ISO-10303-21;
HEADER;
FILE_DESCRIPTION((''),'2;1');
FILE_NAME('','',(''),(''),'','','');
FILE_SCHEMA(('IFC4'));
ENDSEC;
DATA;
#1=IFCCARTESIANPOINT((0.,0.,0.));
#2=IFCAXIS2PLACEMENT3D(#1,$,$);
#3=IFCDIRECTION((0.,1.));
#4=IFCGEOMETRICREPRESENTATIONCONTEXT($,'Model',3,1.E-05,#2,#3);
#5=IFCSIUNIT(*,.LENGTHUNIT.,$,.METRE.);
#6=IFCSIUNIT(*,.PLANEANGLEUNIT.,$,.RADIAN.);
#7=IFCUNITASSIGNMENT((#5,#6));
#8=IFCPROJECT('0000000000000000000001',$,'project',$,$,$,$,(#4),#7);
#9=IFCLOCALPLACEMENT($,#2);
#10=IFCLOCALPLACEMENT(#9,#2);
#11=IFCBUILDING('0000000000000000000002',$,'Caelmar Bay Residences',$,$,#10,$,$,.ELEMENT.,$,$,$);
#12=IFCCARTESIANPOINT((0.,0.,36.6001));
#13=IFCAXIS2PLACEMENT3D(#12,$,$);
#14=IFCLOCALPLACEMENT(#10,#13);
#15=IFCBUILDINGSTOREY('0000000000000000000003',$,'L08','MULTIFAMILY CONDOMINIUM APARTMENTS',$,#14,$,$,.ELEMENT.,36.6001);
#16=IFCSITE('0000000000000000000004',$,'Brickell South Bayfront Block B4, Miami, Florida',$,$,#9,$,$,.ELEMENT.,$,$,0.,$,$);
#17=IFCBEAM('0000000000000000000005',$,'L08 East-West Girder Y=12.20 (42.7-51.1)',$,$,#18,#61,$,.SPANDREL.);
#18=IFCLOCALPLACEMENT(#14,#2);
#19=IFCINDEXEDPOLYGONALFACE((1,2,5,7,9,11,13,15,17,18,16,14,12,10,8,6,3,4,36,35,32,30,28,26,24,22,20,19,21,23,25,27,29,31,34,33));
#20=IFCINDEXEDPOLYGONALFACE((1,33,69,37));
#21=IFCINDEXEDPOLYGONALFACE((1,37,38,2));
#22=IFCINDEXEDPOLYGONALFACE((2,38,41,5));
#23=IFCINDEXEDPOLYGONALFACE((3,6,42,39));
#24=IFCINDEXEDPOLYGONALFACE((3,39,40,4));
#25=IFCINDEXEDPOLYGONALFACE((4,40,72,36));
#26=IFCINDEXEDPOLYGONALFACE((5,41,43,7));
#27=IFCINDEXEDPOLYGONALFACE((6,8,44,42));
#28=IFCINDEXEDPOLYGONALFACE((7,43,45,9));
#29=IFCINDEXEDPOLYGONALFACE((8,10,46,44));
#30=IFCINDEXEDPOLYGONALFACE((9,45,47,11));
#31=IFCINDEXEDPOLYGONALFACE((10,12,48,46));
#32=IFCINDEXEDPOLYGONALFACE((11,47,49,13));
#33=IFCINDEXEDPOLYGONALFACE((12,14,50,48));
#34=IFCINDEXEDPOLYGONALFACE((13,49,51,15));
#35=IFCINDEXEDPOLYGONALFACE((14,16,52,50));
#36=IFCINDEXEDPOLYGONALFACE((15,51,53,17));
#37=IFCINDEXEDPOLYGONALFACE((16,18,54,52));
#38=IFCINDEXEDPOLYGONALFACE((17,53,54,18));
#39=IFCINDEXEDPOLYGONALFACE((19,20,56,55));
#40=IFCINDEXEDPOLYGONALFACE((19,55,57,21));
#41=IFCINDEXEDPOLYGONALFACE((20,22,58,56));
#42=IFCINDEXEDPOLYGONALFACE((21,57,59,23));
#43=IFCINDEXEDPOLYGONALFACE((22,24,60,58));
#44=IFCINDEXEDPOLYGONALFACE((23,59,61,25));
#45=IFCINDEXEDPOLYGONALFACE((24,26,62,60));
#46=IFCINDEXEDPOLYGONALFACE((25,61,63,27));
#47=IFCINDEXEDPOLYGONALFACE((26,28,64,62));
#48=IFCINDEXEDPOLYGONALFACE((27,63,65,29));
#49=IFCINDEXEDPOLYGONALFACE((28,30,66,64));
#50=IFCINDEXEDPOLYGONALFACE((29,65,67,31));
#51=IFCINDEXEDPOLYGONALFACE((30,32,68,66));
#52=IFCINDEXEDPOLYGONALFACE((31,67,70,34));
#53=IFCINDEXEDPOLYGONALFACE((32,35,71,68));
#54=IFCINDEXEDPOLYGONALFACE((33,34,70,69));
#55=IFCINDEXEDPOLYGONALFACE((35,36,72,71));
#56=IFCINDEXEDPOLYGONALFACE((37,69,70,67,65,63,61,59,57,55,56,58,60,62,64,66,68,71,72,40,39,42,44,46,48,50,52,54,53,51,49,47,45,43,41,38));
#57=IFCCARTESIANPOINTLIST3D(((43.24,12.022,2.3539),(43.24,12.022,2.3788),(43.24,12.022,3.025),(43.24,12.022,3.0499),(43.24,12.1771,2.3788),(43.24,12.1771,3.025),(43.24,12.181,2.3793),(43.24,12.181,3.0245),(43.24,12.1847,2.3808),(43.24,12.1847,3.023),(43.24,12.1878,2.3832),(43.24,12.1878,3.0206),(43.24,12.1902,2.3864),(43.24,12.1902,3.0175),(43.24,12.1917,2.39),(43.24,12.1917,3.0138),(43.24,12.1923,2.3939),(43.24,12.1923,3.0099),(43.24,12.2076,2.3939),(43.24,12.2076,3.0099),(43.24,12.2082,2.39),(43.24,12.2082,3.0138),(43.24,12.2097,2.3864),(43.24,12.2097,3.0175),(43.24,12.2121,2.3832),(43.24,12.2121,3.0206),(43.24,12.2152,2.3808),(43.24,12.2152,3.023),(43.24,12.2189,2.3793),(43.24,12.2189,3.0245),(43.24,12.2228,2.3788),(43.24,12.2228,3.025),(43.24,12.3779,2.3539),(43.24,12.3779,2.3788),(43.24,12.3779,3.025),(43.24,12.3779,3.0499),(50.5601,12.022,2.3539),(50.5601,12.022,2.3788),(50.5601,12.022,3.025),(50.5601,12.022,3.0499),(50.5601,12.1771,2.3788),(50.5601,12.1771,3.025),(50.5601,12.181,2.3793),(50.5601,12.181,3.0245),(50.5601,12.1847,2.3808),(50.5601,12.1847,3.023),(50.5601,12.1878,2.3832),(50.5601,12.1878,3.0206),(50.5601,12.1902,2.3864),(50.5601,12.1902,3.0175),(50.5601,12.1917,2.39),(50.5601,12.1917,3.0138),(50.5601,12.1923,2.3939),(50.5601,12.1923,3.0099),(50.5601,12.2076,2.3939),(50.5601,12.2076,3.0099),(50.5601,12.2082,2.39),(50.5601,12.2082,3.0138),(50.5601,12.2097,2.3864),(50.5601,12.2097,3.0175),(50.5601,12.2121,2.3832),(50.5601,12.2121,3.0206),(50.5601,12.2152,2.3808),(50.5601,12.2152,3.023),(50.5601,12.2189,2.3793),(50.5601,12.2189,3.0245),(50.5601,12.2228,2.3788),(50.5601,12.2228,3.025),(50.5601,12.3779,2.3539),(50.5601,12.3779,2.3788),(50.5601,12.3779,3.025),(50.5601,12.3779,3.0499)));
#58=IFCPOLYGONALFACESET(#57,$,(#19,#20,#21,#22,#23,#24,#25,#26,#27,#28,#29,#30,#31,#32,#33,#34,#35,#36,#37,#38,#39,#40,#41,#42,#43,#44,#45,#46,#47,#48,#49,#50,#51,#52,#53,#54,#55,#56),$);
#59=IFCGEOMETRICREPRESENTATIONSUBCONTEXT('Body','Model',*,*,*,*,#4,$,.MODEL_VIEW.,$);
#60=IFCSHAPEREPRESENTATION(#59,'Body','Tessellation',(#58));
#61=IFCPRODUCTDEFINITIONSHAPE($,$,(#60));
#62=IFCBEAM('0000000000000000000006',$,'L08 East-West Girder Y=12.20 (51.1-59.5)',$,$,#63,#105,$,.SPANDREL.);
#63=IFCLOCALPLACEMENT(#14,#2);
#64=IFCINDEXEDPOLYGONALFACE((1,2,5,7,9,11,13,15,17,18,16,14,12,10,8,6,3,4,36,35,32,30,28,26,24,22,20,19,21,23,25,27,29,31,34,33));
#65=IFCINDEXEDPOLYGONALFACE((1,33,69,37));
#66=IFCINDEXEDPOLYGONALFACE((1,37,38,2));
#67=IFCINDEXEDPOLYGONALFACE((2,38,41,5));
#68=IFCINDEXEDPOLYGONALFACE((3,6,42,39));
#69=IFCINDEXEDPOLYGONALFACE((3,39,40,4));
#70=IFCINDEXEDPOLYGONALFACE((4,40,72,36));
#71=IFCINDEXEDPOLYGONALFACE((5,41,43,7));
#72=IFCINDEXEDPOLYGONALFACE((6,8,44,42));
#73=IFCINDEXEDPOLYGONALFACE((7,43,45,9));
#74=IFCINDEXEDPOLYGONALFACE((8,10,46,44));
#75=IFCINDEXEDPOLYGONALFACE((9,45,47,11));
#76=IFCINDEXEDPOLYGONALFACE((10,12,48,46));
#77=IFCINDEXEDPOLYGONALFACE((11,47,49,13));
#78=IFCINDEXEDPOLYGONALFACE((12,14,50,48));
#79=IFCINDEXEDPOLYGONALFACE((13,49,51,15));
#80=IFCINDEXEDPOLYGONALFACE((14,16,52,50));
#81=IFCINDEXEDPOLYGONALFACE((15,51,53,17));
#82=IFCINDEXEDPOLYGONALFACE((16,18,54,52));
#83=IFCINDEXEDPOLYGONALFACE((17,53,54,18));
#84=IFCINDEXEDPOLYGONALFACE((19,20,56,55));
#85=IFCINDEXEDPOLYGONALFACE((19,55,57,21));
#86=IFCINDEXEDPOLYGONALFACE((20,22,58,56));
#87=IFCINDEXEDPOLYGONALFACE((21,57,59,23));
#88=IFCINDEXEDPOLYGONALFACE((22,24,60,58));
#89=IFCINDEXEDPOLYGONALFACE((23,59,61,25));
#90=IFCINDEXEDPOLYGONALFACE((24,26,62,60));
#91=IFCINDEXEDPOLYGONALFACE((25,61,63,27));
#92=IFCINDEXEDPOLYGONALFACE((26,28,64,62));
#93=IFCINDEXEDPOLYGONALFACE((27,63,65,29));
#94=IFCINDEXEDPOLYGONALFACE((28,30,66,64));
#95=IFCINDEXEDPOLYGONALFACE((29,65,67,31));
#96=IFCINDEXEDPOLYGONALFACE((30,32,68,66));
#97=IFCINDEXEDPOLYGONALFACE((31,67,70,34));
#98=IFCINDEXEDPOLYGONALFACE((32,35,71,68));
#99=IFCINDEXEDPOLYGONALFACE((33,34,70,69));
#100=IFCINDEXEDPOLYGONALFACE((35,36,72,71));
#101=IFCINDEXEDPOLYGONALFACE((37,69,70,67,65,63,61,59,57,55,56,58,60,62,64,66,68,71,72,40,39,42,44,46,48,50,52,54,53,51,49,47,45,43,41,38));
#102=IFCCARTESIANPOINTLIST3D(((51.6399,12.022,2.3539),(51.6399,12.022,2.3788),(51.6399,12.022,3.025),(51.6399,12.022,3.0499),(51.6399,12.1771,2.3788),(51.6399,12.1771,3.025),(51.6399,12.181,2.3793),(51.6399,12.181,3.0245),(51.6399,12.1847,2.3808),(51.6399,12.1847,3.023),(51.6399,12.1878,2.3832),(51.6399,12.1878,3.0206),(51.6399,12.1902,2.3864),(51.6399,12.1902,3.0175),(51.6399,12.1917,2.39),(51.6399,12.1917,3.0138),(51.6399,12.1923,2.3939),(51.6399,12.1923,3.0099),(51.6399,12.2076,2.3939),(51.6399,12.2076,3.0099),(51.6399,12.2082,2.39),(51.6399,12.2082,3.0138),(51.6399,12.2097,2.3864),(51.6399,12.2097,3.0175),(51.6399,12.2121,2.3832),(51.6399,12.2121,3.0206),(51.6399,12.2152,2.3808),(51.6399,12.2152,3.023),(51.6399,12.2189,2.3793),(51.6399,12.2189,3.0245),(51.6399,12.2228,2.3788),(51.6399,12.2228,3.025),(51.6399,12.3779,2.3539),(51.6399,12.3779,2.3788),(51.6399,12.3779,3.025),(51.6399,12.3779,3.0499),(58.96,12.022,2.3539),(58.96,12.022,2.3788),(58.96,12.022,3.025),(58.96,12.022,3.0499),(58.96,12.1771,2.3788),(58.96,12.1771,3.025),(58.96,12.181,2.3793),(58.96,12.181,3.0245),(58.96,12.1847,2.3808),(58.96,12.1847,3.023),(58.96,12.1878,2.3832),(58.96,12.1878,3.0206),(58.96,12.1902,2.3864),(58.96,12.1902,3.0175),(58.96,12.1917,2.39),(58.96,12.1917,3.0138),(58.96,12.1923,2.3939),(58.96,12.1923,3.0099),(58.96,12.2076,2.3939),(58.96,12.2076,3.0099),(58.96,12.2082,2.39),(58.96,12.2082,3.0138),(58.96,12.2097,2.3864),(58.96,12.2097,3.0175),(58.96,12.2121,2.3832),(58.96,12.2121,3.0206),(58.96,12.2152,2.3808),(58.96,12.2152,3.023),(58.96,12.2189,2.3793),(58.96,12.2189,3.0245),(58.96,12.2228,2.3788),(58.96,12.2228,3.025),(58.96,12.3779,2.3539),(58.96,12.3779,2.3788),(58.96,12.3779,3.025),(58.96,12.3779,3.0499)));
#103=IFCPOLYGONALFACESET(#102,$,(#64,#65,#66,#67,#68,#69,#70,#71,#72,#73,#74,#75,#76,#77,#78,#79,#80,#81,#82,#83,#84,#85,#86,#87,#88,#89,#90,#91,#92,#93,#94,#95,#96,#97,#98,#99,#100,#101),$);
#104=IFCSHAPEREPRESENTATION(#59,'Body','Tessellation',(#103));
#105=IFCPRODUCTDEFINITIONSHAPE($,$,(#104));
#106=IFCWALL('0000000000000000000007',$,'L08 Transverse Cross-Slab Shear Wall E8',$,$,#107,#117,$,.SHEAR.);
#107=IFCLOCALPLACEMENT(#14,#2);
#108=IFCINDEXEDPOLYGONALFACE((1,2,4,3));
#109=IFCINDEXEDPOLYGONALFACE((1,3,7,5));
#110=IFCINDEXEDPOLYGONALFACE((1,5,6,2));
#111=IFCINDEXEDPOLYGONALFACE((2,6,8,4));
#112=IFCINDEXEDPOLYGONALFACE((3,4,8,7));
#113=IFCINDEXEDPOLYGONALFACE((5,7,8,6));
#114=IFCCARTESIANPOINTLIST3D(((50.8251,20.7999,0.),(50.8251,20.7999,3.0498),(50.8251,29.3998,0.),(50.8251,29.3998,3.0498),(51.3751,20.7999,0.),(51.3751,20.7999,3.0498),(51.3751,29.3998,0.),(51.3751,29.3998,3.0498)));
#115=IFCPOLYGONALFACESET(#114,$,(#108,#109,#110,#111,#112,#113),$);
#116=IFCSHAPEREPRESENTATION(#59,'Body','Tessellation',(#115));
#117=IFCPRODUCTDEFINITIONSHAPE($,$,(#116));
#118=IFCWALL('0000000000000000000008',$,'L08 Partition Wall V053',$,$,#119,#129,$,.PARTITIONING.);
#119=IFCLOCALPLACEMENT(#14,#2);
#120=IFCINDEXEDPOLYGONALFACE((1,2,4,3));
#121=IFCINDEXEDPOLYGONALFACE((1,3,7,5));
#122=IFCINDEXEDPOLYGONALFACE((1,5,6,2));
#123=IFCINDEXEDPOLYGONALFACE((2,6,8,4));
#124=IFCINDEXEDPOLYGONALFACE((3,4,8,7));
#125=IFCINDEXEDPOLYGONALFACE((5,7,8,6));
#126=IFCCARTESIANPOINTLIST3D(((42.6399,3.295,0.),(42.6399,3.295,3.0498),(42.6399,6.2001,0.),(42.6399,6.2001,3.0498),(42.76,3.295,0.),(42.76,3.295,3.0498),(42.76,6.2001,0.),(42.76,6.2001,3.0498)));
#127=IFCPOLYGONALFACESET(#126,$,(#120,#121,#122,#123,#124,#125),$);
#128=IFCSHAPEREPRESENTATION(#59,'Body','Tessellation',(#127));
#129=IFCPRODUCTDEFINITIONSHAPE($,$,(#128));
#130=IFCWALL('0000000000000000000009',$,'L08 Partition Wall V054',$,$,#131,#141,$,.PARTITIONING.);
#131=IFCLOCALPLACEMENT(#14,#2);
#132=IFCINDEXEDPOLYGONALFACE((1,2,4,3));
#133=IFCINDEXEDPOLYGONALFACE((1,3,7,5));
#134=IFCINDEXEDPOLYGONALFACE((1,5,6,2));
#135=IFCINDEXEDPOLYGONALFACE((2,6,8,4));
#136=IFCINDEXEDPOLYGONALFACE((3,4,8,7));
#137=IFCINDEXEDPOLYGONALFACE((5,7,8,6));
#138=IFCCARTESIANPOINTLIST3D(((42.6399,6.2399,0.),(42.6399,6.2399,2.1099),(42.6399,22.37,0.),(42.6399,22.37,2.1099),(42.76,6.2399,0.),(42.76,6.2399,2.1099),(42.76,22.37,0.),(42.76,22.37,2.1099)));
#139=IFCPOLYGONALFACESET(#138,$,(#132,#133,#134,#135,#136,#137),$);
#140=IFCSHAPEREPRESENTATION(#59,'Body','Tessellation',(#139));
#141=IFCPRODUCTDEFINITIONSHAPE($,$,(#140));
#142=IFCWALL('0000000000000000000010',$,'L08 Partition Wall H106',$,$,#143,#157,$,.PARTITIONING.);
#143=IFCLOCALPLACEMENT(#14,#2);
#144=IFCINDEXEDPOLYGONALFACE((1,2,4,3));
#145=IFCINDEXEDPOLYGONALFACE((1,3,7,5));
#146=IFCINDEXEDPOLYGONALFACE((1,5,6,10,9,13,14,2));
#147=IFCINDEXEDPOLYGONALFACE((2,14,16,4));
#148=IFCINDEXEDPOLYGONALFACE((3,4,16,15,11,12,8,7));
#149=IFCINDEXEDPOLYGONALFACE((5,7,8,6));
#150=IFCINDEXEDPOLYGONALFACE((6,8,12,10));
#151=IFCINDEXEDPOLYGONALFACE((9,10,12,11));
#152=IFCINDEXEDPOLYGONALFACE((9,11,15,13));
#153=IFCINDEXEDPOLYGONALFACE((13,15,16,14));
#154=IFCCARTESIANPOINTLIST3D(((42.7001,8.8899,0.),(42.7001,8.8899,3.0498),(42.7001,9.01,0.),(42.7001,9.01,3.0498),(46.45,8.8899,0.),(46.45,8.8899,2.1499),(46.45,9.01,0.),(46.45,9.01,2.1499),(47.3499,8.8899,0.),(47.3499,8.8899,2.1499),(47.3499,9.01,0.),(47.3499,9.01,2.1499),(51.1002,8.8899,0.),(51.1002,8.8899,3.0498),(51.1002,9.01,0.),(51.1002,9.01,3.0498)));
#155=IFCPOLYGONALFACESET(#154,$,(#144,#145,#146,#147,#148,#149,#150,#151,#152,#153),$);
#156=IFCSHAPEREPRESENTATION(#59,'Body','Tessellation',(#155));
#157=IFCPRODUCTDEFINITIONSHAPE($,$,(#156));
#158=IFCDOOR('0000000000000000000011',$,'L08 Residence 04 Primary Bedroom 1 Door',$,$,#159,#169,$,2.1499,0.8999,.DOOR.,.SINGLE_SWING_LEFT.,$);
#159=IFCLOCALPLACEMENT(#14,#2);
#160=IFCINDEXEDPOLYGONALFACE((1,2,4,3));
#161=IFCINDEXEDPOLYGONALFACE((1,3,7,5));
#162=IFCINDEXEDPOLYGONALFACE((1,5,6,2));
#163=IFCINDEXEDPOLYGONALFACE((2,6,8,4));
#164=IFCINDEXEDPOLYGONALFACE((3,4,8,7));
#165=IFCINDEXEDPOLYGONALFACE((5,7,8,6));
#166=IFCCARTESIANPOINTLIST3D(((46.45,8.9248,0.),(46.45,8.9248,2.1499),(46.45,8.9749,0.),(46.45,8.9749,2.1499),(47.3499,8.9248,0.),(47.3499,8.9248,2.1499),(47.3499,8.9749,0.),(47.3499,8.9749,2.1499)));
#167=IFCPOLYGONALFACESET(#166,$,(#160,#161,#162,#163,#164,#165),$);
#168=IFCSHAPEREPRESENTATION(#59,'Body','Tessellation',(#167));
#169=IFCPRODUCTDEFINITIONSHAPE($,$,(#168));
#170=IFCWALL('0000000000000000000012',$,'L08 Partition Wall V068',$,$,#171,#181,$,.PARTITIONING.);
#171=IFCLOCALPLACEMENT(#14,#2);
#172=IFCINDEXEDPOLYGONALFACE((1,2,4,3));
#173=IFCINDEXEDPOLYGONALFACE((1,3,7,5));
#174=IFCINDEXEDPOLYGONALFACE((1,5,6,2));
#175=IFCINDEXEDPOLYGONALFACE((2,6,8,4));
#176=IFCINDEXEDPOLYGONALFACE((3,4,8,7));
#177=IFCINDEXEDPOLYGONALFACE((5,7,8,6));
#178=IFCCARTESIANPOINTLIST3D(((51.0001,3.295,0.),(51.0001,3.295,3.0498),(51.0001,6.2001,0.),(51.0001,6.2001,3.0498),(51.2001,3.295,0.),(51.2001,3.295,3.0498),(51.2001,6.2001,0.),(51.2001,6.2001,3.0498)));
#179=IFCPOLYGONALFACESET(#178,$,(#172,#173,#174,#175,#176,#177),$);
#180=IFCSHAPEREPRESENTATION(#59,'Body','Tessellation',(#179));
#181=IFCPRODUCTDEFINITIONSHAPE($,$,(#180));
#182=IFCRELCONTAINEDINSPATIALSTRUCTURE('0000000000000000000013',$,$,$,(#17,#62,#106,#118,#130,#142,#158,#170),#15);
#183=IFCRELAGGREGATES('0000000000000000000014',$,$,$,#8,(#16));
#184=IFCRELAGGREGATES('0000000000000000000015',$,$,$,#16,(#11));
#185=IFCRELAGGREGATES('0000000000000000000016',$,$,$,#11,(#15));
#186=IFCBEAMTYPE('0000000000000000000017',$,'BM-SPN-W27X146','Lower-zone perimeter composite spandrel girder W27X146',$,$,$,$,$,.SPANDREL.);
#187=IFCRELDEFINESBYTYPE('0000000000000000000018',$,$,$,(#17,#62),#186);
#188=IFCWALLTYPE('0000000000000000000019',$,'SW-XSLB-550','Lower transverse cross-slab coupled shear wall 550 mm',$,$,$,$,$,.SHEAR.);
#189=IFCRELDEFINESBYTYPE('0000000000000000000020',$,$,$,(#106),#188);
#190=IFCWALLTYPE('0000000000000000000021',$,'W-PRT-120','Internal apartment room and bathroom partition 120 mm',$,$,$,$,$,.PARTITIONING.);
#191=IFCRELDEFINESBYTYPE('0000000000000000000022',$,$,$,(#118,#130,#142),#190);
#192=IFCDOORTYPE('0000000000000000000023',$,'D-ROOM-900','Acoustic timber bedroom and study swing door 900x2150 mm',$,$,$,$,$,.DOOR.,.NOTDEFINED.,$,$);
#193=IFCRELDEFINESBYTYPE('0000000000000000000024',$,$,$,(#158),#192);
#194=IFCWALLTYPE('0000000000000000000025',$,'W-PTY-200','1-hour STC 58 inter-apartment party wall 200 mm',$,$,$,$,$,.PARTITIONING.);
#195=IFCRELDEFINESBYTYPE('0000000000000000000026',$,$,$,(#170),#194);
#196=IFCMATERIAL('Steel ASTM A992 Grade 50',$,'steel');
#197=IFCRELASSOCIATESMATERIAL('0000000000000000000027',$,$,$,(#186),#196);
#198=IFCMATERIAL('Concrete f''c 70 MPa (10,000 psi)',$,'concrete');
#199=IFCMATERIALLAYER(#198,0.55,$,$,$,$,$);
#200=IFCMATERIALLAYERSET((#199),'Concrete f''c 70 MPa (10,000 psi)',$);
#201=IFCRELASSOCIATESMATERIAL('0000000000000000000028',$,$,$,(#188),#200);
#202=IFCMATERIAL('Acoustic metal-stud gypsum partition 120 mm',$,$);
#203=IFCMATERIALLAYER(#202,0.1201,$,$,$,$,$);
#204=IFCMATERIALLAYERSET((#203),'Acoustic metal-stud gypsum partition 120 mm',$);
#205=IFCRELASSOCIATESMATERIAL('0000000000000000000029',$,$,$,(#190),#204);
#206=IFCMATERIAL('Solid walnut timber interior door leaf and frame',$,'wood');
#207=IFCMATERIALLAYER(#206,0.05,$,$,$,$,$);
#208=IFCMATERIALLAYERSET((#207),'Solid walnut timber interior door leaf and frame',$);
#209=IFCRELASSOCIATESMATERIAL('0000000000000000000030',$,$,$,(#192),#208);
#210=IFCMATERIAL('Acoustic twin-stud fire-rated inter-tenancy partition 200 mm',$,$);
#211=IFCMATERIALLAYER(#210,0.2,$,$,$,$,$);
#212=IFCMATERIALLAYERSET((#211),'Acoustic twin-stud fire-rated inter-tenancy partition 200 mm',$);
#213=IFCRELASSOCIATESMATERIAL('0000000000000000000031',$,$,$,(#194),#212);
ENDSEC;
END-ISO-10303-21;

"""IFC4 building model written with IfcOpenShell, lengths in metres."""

from ifc_helpers import new_model, si_unit, direction, frame, frame_2d, origin, origin_2d, place, context, subcontext, project, spatial, rectangle, i_section, extrude, material, layer, layer_set, material_profile, profile_set, type_object, element, fill, save


model = new_model("IFC4")

# Units and contexts
model_context = context("Model", 3, precision=1e-05, world=origin(), true_north=direction((0.0, 1.0)))
body_context = subcontext(model_context, "Body", "Model", "MODEL_VIEW")
ifc_project = project(units=[si_unit("LENGTHUNIT", "METRE"), si_unit("PLANEANGLEUNIT", "RADIAN")], contexts=[model_context])

# Site, building, storey
site_placement = place(None, origin())
site = spatial("IfcSite", under=ifc_project, at=site_placement, Name="Brickell South Bayfront Block B4, Miami, Florida", CompositionType="ELEMENT", RefElevation=0.0)
building_placement = place(site_placement, origin())
building = spatial("IfcBuilding", under=site, at=building_placement, Name="Caelmar Bay Residences", CompositionType="ELEMENT")
storey_placement = place(building_placement, frame((0.0, 0.0, 36.6001)))
storey = spatial("IfcBuildingStorey", under=building, at=storey_placement, Name="L08", Description="MULTIFAMILY CONDOMINIUM APARTMENTS", CompositionType="ELEMENT", Elevation=36.6001)

# Shared definitions
ifc_material_1 = material(Name="Concrete f'c 70 MPa (10,000 psi)", Category="concrete")

# Beams
ifc_material_2 = material(Name="Steel ASTM A992 Grade 50", Category="steel")
ifc_material_profile_1 = material_profile(ifc_material_2, i_section(OverallWidth=0.356, OverallDepth=0.696, WebThickness=0.0154, FlangeThickness=0.0249, FilletRadius=0.0151, at=origin_2d()), Name="W27X146")
ifc_profile_set_1 = profile_set([ifc_material_profile_1], Name="Steel ASTM A992 Grade 50")
beam_type_1 = type_object("IfcBeamType", Name="BM-SPN-W27X146", Description="Lower-zone perimeter composite spandrel girder W27X146", PredefinedType="SPANDREL", material=ifc_profile_set_1)
for number, where, z_axis, x_axis, name in (
    (1, (43.24, 12.2, 2.7019), (1.0, 0.0, 0.0), (0.0, 1.0, 0.0), "L08 East-West Girder Y=12.20 (42.7-51.1)"),
    (2, (51.6399, 12.2, 2.7019), (1.0, 0.0, 0.0), (0.0, 1.0, 0.0), "L08 East-West Girder Y=12.20 (51.1-59.5)"),
):
    element("IfcBeam", number, at=place(storey_placement, frame(where, z_axis=z_axis, x_axis=x_axis)), inside=storey, type_object=beam_type_1, Name=name, PredefinedType="SPANDREL", context=body_context, shape_type="SweptSolid", body=[
        extrude(i_section(OverallWidth=0.356, OverallDepth=0.696, WebThickness=0.0154, FlangeThickness=0.0249, FilletRadius=0.0151, at=origin_2d()), origin(), (0.0, 0.0, 1.0), 7.3201),
    ])

# Walls
ifc_layer_1 = layer(ifc_material_1, 0.55)
ifc_layer_set_1 = layer_set([ifc_layer_1], Name="Concrete f'c 70 MPa (10,000 psi)")
wall_type_1 = type_object("IfcWallType", Name="SW-XSLB-550", Description="Lower transverse cross-slab coupled shear wall 550 mm", PredefinedType="SHEAR", material=ifc_layer_set_1)
wall_1_placement = place(storey_placement, frame((51.1001, 20.8, 0.0), z_axis=(0.0, 0.0, 1.0), x_axis=(0.0, 1.0, 0.0)))
element("IfcWall", 3, at=wall_1_placement, inside=storey, type_object=wall_type_1, Name="L08 Transverse Cross-Slab Shear Wall E8", PredefinedType="SHEAR", context=body_context, shape_type="SweptSolid", body=[
    extrude(rectangle(XDim=8.5999, YDim=0.55, at=frame_2d((4.2998, 0.0))), origin(), (0.0, 0.0, 1.0), 3.0498),
])
ifc_material_3 = material(Name="Acoustic metal-stud gypsum partition 120 mm")
ifc_layer_2 = layer(ifc_material_3, 0.1201)
ifc_layer_set_2 = layer_set([ifc_layer_2], Name="Acoustic metal-stud gypsum partition 120 mm")
wall_type_2 = type_object("IfcWallType", Name="W-PRT-120", Description="Internal apartment room and bathroom partition 120 mm", PredefinedType="PARTITIONING", material=ifc_layer_set_2)
wall_2_placement = place(storey_placement, frame((42.7, 3.2949, 0.0), z_axis=(0.0, 0.0, 1.0), x_axis=(0.0, 1.0, 0.0)))
element("IfcWall", 4, at=wall_2_placement, inside=storey, type_object=wall_type_2, Name="L08 Partition Wall V053", PredefinedType="PARTITIONING", context=body_context, shape_type="SweptSolid", body=[
    extrude(rectangle(XDim=2.905, YDim=0.1201, at=frame_2d((1.4526, 0.0))), origin(), (0.0, 0.0, 1.0), 3.0498),
])
wall_3_placement = place(storey_placement, frame((42.7, 6.24, 0.0), z_axis=(0.0, 0.0, 1.0), x_axis=(0.0, 1.0, 0.0)))
element("IfcWall", 5, at=wall_3_placement, inside=storey, type_object=wall_type_2, Name="L08 Partition Wall V054", PredefinedType="PARTITIONING", context=body_context, shape_type="SweptSolid", body=[
    extrude(rectangle(XDim=16.1301, YDim=0.1201, at=frame_2d((8.0649, 0.0))), origin(), (0.0, 0.0, 1.0), 2.1099),
])

# Wall, opening, door
wall_4_placement = place(storey_placement, frame((42.7, 8.95, 0.0), z_axis=(0.0, 0.0, 1.0), x_axis=(1.0, 0.0, 0.0)))
wall_4 = element("IfcWall", 6, at=wall_4_placement, inside=storey, type_object=wall_type_2, Name="L08 Partition Wall H106", PredefinedType="PARTITIONING", context=body_context, shape_type="SweptSolid", body=[
    extrude(rectangle(XDim=8.4001, YDim=0.1201, at=frame_2d((4.2002, 0.0))), origin(), (0.0, 0.0, 1.0), 3.0498),
])
opening_placement = place(wall_4_placement, frame((3.75, 0.0, 0.0)))
opening = element("IfcOpeningElement", 7, at=opening_placement, cuts=wall_4, PredefinedType="OPENING", context=body_context, shape_type="SweptSolid", body=[
    extrude(rectangle(XDim=0.8999, YDim=2.1499, at=frame_2d((0.45, 1.075))), frame((0.0, 0.0701, 0.0), z_axis=(0.0, -1.0, 0.0), x_axis=(1.0, 0.0, 0.0)), (0.0, 0.0, 1.0), 0.1401),
])
ifc_material_4 = material(Name="Solid walnut timber interior door leaf and frame", Category="wood")
ifc_layer_3 = layer(ifc_material_4, 0.05)
ifc_layer_set_3 = layer_set([ifc_layer_3], Name="Solid walnut timber interior door leaf and frame")
door_type = type_object("IfcDoorType", Name="D-ROOM-900", Description="Acoustic timber bedroom and study swing door 900x2150 mm", OperationType="NOTDEFINED", PredefinedType="DOOR", material=ifc_layer_set_3)
door_placement = place(opening_placement, origin())
door = element("IfcDoor", 8, at=door_placement, inside=storey, type_object=door_type, Name="L08 Residence 04 Primary Bedroom 1 Door", OperationType="SINGLE_SWING_LEFT", OverallHeight=2.1499, OverallWidth=0.8999, PredefinedType="DOOR", context=body_context, shape_type="SweptSolid", body=[
    extrude(rectangle(XDim=0.8999, YDim=2.1499, at=frame_2d((0.45, 1.075))), frame((0.0, 0.0249, 0.0), z_axis=(0.0, -1.0, 0.0), x_axis=(1.0, 0.0, 0.0)), (0.0, 0.0, 1.0), 0.05),
])
fill(opening, door)

# Wall
ifc_material_5 = material(Name="Acoustic twin-stud fire-rated inter-tenancy partition 200 mm")
ifc_layer_4 = layer(ifc_material_5, 0.2)
ifc_layer_set_4 = layer_set([ifc_layer_4], Name="Acoustic twin-stud fire-rated inter-tenancy partition 200 mm")
wall_type_3 = type_object("IfcWallType", Name="W-PTY-200", Description="1-hour STC 58 inter-apartment party wall 200 mm", PredefinedType="PARTITIONING", material=ifc_layer_set_4)
wall_5_placement = place(storey_placement, frame((51.1001, 3.2949, 0.0), z_axis=(0.0, 0.0, 1.0), x_axis=(0.0, 1.0, 0.0)))
element("IfcWall", 9, at=wall_5_placement, inside=storey, type_object=wall_type_3, Name="L08 Partition Wall V068", PredefinedType="PARTITIONING", context=body_context, shape_type="SweptSolid", body=[
    extrude(rectangle(XDim=2.905, YDim=0.2, at=frame_2d((1.4526, 0.0))), origin(), (0.0, 0.0, 1.0), 3.0498),
])

save(model, "model.ifc")
